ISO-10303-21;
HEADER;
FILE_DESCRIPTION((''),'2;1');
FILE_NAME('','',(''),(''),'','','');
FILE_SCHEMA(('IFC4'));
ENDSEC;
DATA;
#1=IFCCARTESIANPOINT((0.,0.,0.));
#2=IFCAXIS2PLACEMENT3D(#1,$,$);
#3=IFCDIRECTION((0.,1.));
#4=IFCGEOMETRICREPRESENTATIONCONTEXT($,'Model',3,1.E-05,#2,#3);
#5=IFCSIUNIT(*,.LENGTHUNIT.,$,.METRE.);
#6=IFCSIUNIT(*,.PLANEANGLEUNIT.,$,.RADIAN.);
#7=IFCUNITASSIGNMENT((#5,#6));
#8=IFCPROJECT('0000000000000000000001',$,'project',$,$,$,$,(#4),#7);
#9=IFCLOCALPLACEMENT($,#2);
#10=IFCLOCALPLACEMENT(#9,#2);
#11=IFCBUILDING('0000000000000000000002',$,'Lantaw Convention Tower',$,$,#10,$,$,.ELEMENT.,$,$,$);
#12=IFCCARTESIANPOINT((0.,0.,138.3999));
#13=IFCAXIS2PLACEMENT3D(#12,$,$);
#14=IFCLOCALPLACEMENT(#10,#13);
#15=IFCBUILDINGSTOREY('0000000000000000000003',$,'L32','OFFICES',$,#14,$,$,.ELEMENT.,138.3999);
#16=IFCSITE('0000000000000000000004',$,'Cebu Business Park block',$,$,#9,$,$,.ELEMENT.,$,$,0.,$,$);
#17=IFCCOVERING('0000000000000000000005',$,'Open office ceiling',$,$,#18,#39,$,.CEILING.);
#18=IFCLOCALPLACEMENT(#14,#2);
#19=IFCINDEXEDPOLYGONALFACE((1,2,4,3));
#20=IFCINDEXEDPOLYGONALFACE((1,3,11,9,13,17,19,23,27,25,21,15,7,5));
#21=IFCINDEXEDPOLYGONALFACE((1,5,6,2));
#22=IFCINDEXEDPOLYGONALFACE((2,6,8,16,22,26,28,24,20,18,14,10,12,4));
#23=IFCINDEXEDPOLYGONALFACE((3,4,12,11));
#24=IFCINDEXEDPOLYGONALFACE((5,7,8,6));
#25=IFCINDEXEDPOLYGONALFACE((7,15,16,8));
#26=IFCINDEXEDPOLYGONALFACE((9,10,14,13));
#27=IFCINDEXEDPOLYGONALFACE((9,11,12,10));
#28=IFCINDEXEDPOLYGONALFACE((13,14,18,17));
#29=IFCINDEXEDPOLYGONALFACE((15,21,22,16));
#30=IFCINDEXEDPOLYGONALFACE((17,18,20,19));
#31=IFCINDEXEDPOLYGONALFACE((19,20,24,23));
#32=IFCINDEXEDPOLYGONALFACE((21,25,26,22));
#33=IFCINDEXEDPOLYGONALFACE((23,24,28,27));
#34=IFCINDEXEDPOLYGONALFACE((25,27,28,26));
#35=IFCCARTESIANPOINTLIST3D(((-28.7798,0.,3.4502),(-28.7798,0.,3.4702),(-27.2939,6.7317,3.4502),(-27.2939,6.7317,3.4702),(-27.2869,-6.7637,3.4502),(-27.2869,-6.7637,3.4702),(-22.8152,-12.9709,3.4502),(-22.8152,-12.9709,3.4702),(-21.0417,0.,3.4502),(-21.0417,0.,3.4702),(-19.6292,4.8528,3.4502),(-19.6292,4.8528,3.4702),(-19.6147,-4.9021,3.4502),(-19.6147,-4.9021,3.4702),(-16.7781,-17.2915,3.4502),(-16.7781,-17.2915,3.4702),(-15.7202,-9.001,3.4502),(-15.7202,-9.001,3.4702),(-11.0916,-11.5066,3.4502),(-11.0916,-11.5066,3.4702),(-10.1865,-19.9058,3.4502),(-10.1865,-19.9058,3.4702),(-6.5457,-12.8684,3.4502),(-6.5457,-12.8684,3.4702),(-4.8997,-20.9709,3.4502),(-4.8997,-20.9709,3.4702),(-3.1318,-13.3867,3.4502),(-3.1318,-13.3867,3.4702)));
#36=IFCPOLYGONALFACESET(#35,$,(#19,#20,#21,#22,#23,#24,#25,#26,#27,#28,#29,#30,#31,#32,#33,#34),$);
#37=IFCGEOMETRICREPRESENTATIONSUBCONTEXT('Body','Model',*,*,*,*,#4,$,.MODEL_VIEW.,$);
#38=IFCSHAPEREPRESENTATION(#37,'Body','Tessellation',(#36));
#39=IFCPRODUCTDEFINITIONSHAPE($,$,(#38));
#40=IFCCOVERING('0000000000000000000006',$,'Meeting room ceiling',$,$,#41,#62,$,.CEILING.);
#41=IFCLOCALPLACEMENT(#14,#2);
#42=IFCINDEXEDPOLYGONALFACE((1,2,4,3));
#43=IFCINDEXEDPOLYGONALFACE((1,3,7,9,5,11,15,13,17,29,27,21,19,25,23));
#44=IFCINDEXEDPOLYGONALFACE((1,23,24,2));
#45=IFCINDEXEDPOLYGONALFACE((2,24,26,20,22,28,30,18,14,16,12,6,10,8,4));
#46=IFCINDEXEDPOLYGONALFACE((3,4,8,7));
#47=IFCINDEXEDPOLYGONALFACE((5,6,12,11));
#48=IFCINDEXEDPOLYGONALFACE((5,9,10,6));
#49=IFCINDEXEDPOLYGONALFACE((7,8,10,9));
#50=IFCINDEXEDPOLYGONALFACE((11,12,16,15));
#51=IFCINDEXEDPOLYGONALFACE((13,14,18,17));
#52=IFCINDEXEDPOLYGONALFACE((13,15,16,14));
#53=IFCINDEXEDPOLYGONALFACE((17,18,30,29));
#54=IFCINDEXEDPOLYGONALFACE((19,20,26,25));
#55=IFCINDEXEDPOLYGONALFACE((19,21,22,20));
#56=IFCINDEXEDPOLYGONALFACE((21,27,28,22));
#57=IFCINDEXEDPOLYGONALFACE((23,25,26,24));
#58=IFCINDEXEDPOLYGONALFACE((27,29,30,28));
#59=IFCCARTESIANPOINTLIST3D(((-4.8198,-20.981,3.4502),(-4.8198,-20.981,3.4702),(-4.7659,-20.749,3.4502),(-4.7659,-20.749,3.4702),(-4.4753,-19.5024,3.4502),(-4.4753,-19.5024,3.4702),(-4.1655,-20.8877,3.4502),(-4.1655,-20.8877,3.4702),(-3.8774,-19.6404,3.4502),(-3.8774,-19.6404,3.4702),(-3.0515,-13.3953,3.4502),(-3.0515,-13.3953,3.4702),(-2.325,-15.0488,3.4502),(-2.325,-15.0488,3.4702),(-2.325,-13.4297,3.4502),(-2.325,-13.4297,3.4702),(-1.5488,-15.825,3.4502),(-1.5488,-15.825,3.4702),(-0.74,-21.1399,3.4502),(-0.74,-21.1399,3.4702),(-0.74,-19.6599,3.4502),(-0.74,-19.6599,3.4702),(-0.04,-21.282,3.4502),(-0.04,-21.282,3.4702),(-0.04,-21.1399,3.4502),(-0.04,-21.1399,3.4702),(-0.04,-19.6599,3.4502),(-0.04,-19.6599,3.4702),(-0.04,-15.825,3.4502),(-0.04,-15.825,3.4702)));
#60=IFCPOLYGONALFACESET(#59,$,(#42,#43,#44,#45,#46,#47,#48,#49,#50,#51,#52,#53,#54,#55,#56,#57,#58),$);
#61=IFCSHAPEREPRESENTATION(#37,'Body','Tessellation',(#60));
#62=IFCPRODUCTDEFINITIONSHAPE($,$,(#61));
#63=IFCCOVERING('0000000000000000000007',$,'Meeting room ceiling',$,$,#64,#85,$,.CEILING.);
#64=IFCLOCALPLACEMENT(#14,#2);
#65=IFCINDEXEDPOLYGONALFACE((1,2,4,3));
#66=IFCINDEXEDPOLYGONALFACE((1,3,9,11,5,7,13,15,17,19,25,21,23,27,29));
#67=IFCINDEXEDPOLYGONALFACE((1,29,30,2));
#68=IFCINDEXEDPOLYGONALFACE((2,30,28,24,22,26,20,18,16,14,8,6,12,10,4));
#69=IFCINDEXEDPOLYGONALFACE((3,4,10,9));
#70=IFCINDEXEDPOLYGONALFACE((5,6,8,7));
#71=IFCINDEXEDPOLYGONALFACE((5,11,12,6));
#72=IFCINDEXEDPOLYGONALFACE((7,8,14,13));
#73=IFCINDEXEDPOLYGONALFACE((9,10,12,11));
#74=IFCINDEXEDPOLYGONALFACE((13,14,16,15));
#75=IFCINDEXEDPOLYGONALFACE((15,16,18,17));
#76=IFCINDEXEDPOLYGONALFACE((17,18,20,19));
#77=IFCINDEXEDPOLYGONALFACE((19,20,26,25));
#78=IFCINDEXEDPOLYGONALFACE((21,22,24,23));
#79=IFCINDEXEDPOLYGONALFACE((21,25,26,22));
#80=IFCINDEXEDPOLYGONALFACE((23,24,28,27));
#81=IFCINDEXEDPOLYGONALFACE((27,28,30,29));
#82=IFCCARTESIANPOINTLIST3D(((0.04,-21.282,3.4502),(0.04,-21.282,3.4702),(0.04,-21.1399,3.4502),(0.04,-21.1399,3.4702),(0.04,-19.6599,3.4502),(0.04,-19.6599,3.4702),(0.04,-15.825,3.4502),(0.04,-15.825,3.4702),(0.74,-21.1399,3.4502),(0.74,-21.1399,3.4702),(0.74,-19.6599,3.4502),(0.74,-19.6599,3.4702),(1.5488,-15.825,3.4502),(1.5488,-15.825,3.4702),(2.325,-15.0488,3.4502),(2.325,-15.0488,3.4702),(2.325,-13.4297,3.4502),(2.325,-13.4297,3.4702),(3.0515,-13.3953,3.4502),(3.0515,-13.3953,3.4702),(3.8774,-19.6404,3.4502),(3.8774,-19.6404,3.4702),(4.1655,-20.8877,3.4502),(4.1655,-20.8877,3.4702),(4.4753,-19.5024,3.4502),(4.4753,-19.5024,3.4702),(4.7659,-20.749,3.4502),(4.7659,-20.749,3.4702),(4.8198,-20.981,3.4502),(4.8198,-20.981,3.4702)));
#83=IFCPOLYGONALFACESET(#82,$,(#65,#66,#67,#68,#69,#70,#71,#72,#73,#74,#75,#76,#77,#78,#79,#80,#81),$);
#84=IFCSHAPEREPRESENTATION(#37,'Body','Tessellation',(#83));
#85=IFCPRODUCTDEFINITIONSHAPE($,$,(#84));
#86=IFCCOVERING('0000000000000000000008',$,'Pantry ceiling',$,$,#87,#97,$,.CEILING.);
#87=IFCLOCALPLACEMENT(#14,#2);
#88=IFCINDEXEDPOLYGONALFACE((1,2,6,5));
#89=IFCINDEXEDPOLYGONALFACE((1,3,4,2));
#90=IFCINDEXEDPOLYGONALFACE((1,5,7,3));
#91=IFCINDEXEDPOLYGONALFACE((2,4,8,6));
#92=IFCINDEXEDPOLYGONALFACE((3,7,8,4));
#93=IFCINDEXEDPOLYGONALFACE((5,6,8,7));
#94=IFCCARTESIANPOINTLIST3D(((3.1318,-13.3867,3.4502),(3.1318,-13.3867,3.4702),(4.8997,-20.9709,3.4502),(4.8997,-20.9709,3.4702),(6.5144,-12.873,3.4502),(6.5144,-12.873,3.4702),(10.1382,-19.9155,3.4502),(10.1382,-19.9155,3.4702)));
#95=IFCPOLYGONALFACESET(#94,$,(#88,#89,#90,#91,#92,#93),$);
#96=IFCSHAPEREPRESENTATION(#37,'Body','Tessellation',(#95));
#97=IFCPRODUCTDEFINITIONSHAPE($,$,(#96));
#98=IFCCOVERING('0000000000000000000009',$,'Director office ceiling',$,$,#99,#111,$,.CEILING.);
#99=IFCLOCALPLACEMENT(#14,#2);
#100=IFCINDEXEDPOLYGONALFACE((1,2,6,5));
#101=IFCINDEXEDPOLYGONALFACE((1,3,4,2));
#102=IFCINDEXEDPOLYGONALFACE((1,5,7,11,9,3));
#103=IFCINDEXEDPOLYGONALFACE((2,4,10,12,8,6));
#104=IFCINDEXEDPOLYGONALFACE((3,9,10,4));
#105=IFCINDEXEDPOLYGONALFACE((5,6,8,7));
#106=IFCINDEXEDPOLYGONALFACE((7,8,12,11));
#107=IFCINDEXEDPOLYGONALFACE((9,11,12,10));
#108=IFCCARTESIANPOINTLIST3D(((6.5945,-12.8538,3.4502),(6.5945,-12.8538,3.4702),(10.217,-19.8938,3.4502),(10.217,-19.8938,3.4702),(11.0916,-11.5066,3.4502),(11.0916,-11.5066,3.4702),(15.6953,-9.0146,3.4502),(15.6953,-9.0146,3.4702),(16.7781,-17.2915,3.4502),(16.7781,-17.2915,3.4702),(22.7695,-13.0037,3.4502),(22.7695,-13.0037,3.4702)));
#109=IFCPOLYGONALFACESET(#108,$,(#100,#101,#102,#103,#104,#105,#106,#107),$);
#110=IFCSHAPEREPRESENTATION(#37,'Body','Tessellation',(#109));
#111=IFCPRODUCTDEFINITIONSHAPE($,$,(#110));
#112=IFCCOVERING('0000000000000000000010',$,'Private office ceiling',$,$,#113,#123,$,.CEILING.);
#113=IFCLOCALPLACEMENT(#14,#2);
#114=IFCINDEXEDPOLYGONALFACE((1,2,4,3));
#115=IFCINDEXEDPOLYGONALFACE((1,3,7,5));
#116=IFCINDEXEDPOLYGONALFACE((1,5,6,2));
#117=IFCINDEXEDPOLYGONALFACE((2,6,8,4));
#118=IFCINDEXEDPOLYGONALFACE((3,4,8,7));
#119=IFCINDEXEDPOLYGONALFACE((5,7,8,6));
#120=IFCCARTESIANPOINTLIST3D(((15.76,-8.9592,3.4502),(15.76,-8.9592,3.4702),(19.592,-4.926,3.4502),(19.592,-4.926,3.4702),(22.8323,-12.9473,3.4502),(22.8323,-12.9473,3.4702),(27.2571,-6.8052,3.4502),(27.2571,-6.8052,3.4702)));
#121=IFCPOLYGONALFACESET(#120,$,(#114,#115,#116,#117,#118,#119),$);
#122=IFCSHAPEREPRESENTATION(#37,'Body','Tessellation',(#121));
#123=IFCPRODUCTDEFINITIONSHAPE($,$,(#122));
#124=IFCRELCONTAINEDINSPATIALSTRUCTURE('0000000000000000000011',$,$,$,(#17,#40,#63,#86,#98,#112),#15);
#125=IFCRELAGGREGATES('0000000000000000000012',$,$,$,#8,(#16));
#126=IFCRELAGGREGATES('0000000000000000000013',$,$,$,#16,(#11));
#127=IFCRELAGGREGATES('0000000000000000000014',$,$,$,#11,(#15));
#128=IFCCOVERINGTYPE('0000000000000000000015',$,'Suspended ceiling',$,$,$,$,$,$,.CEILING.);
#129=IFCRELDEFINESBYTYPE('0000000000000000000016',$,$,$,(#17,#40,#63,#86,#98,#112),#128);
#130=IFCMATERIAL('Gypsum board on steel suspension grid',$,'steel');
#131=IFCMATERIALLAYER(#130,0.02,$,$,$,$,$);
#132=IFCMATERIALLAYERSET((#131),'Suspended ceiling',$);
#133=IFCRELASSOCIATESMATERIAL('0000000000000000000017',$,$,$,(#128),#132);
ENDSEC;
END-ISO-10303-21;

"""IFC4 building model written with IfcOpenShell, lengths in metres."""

from ifc_helpers import new_model, si_unit, direction, frame, origin, place, context, subcontext, project, spatial, polyline, outline, extrude, material, layer, layer_set, type_object, element, save


model = new_model("IFC4")

# Units and contexts
model_context = context("Model", 3, precision=1e-05, world=origin(), true_north=direction((0.0, 1.0)))
body_context = subcontext(model_context, "Body", "Model", "MODEL_VIEW")
ifc_project = project(units=[si_unit("LENGTHUNIT", "METRE"), si_unit("PLANEANGLEUNIT", "RADIAN")], contexts=[model_context])

# Site, building, storey
site_placement = place(None, origin())
site = spatial("IfcSite", under=ifc_project, at=site_placement, Name="Cebu Business Park block", CompositionType="ELEMENT", RefElevation=0.0)
building_placement = place(site_placement, origin())
building = spatial("IfcBuilding", under=site, at=building_placement, Name="Lantaw Convention Tower", CompositionType="ELEMENT")
storey_placement = place(building_placement, frame((0.0, 0.0, 138.3999)))
storey = spatial("IfcBuildingStorey", under=building, at=storey_placement, Name="L32", Description="OFFICES", CompositionType="ELEMENT", Elevation=138.3999)

# Coverings
ifc_material_1 = material(Name="Gypsum board on steel suspension grid", Category="steel")
ifc_layer_1 = layer(ifc_material_1, 0.02)
ifc_layer_set_1 = layer_set([ifc_layer_1], Name="Suspended ceiling")
covering_type = type_object("IfcCoveringType", Name="Suspended ceiling", PredefinedType="CEILING", material=ifc_layer_set_1)
covering_1_placement = place(storey_placement, frame((0.0, 0.0, 3.4502)))
element("IfcCovering", 1, at=covering_1_placement, inside=storey, type_object=covering_type, Name="Open office ceiling", PredefinedType="CEILING", context=body_context, shape_type="SweptSolid", body=[
    extrude(outline(polyline([(-19.6292, 4.8528), (-27.2939, 6.7317), (-28.7798, 0.0), (-27.2869, -6.7637), (-22.8152, -12.9709), (-16.7781, -17.2915), (-10.1865, -19.9058), (-4.8997, -20.9709), (-3.1318, -13.3867), (-6.5457, -12.8684), (-11.0916, -11.5066), (-15.7202, -9.001), (-19.6147, -4.9021), (-21.0417, 0.0), (-19.6292, 4.8528)])), origin(), (0.0, 0.0, 1.0), 0.02),
])
covering_2_placement = place(storey_placement, frame((0.0, 0.0, 3.4502)))
element("IfcCovering", 2, at=covering_2_placement, inside=storey, type_object=covering_type, Name="Meeting room ceiling", PredefinedType="CEILING", context=body_context, shape_type="SweptSolid", body=[
    extrude(outline(polyline([(-2.325, -15.0488), (-2.325, -13.4297), (-3.0515, -13.3953), (-4.4753, -19.5024), (-3.8774, -19.6404), (-4.1655, -20.8877), (-4.7659, -20.749), (-4.8198, -20.981), (-0.04, -21.282), (-0.04, -21.1399), (-0.74, -21.1399), (-0.74, -19.6599), (-0.04, -19.6599), (-0.04, -15.825), (-1.5488, -15.825), (-2.325, -15.0488)])), origin(), (0.0, 0.0, 1.0), 0.02),
])
covering_3_placement = place(storey_placement, frame((0.0, 0.0, 3.4502)))
element("IfcCovering", 3, at=covering_3_placement, inside=storey, type_object=covering_type, Name="Meeting room ceiling", PredefinedType="CEILING", context=body_context, shape_type="SweptSolid", body=[
    extrude(outline(polyline([(4.4753, -19.5024), (3.0515, -13.3953), (2.325, -13.4297), (2.325, -15.0488), (1.5488, -15.825), (0.04, -15.825), (0.04, -19.6599), (0.74, -19.6599), (0.74, -21.1399), (0.04, -21.1399), (0.04, -21.282), (4.8198, -20.981), (4.7659, -20.749), (4.1655, -20.8877), (3.8774, -19.6404), (4.4753, -19.5024)])), origin(), (0.0, 0.0, 1.0), 0.02),
])
covering_4_placement = place(storey_placement, frame((0.0, 0.0, 3.4502)))
element("IfcCovering", 4, at=covering_4_placement, inside=storey, type_object=covering_type, Name="Pantry ceiling", PredefinedType="CEILING", context=body_context, shape_type="SweptSolid", body=[
    extrude(outline(polyline([(3.1318, -13.3867), (4.8997, -20.9709), (10.1382, -19.9155), (6.5144, -12.873), (3.1318, -13.3867)])), origin(), (0.0, 0.0, 1.0), 0.02),
])
covering_5_placement = place(storey_placement, frame((0.0, 0.0, 3.4502)))
element("IfcCovering", 5, at=covering_5_placement, inside=storey, type_object=covering_type, Name="Director office ceiling", PredefinedType="CEILING", context=body_context, shape_type="SweptSolid", body=[
    extrude(outline(polyline([(6.5945, -12.8538), (10.217, -19.8938), (16.7781, -17.2915), (22.7695, -13.0037), (15.6953, -9.0146), (11.0916, -11.5066), (6.5945, -12.8538)])), origin(), (0.0, 0.0, 1.0), 0.02),
])
covering_6_placement = place(storey_placement, frame((0.0, 0.0, 3.4502)))
element("IfcCovering", 6, at=covering_6_placement, inside=storey, type_object=covering_type, Name="Private office ceiling", PredefinedType="CEILING", context=body_context, shape_type="SweptSolid", body=[
    extrude(outline(polyline([(15.76, -8.9592), (22.8323, -12.9473), (27.2571, -6.8052), (19.592, -4.926), (15.76, -8.9592)])), origin(), (0.0, 0.0, 1.0), 0.02),
])

save(model, "model.ifc")
